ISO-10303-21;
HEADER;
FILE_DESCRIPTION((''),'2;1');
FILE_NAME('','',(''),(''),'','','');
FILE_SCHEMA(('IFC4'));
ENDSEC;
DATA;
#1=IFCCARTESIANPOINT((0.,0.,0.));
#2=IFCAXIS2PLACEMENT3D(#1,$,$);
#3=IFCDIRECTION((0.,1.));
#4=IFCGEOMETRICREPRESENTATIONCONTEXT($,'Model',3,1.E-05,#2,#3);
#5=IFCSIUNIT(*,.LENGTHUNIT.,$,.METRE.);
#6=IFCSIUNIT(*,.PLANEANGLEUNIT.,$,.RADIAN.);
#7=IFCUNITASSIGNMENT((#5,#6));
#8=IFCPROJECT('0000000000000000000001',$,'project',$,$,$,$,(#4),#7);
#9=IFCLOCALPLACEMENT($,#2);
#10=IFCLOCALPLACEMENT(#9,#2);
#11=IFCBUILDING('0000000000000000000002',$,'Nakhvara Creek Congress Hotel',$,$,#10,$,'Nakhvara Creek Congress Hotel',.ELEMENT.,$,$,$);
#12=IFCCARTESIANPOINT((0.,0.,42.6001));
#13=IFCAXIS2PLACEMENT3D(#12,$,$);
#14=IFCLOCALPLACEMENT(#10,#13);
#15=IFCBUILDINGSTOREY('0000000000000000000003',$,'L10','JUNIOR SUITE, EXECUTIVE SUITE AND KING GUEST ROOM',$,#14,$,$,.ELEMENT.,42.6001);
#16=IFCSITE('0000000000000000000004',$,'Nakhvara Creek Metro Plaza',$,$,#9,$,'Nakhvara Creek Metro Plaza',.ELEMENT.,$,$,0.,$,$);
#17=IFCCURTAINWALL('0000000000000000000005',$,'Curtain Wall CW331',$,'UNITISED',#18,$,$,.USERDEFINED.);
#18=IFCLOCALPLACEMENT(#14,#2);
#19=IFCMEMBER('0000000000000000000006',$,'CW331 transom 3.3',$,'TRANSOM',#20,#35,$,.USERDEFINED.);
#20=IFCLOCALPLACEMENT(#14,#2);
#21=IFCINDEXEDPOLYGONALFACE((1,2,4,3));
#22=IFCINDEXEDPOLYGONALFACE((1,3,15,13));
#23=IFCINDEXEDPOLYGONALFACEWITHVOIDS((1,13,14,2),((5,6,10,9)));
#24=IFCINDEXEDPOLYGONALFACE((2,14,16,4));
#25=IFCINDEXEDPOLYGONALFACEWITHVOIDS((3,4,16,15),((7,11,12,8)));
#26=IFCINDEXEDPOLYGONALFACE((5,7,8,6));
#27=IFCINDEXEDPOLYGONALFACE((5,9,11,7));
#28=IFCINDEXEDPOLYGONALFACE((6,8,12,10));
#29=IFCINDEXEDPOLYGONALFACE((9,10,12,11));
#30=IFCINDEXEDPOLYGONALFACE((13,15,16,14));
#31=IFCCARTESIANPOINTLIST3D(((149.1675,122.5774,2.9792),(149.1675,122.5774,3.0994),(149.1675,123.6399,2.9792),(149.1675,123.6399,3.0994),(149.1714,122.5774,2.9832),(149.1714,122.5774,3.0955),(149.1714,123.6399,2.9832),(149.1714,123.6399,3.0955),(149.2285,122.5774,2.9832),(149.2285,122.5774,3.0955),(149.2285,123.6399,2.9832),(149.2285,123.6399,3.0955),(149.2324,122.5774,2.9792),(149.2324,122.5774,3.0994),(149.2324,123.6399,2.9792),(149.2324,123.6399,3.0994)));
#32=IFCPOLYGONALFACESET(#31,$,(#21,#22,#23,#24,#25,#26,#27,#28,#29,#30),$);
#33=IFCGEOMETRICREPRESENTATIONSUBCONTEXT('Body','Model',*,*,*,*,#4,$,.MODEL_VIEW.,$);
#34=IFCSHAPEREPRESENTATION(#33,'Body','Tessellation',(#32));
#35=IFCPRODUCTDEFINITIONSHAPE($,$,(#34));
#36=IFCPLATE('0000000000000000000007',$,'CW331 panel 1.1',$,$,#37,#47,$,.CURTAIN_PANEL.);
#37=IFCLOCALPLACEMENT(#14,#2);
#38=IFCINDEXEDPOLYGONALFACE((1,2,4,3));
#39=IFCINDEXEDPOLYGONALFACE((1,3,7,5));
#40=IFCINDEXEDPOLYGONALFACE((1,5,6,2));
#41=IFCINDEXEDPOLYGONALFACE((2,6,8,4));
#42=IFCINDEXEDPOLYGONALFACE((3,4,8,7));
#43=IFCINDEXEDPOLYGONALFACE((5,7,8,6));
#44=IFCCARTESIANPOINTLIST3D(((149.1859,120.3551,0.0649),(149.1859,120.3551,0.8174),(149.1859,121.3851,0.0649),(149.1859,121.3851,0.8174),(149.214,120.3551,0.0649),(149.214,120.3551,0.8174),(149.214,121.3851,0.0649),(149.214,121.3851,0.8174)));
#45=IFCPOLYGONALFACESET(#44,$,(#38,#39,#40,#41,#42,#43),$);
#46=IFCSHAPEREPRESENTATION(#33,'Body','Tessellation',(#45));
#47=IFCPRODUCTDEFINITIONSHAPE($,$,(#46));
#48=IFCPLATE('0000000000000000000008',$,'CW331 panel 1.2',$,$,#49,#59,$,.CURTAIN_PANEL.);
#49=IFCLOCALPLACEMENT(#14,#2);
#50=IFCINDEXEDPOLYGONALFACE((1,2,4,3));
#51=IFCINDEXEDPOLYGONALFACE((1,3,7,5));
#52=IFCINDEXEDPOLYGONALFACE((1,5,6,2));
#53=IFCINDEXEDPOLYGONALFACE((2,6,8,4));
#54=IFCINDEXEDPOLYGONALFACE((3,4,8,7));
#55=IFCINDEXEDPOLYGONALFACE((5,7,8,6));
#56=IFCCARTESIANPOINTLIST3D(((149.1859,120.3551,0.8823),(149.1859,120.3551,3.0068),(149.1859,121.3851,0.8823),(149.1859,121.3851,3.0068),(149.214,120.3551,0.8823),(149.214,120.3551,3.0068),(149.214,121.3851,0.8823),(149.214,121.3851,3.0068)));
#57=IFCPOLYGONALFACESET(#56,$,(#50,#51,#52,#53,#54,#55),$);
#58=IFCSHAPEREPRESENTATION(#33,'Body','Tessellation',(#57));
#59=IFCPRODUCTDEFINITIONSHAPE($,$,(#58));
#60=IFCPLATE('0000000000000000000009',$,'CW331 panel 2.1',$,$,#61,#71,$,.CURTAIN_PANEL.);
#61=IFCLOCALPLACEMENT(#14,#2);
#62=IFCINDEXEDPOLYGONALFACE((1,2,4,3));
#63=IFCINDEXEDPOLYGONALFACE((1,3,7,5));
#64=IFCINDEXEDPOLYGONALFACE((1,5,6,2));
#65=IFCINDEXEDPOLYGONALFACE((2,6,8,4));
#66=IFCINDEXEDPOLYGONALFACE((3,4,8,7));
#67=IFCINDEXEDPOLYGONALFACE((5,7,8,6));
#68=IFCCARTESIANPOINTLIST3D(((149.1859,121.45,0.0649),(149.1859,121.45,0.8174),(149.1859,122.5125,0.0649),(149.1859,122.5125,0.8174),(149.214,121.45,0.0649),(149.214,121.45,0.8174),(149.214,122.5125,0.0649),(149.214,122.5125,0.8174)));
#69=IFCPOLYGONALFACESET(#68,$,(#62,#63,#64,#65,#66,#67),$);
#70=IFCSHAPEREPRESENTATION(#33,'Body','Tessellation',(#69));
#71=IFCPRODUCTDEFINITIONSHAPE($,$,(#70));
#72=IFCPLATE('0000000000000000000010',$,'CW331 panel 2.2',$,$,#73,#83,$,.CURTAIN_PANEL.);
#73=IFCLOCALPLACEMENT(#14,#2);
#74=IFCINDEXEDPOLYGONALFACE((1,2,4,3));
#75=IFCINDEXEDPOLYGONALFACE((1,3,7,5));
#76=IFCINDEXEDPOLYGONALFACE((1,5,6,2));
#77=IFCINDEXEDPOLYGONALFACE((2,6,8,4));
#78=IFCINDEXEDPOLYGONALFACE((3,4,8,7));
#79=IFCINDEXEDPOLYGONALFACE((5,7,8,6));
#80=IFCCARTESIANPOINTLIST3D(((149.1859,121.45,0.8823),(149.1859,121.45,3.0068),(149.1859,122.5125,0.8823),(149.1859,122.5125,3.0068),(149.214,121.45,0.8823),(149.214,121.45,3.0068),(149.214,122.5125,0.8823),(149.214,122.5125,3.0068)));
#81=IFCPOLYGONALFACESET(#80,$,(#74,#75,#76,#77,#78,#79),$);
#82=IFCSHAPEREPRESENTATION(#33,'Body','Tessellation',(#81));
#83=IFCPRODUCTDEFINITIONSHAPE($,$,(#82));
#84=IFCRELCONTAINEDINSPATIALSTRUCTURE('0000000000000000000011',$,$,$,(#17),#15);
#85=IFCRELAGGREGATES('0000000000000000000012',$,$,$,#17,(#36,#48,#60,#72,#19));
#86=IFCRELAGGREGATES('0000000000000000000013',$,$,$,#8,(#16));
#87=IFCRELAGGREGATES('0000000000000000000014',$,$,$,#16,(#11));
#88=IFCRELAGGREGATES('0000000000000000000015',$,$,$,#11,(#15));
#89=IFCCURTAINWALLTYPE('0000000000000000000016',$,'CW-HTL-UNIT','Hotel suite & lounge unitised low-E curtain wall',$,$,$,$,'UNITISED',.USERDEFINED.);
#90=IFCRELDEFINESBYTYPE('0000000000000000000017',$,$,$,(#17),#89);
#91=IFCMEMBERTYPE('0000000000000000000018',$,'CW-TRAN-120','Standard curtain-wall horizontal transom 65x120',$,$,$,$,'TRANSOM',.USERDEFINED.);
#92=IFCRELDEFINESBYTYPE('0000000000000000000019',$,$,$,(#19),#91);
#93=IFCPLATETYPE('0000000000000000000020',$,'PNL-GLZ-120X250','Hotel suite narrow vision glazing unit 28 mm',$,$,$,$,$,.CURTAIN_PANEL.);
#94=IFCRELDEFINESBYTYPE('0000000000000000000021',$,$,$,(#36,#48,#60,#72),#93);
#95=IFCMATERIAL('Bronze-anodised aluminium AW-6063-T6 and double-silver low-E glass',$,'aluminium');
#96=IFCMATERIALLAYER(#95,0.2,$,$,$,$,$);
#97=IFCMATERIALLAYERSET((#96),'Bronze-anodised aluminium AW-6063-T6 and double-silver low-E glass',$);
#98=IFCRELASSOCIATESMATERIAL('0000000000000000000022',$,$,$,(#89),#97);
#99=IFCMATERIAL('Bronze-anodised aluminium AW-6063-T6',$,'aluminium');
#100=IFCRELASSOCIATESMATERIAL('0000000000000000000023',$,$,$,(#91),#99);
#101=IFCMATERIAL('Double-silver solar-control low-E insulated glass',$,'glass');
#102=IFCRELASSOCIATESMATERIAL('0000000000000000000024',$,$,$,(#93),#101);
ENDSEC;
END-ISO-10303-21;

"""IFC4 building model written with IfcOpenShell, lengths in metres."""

from ifc_helpers import new_model, si_unit, direction, frame, origin, origin_2d, place, context, subcontext, project, spatial, rectangle, hollow_rectangle, extrude, material, layer, layer_set, material_profile, profile_set, type_object, element, aggregate, save


model = new_model("IFC4")

# Units and contexts
model_context = context("Model", 3, precision=1e-05, world=origin(), true_north=direction((0.0, 1.0)))
body_context = subcontext(model_context, "Body", "Model", "MODEL_VIEW")
ifc_project = project(units=[si_unit("LENGTHUNIT", "METRE"), si_unit("PLANEANGLEUNIT", "RADIAN")], contexts=[model_context])

# Site, building, storey
site_placement = place(None, origin())
site = spatial("IfcSite", under=ifc_project, at=site_placement, Name="Nakhvara Creek Metro Plaza", LongName="Nakhvara Creek Metro Plaza", CompositionType="ELEMENT", RefElevation=0.0)
building_placement = place(site_placement, origin())
building = spatial("IfcBuilding", under=site, at=building_placement, Name="Nakhvara Creek Congress Hotel", LongName="Nakhvara Creek Congress Hotel", CompositionType="ELEMENT")
storey_placement = place(building_placement, frame((0.0, 0.0, 42.6001)))
storey = spatial("IfcBuildingStorey", under=building, at=storey_placement, Name="L10", Description="JUNIOR SUITE, EXECUTIVE SUITE AND KING GUEST ROOM", CompositionType="ELEMENT", Elevation=42.6001)

# Curtain wall, member, plates
ifc_material_1 = material(Name="Bronze-anodised aluminium AW-6063-T6 and double-silver low-E glass", Category="aluminium")
ifc_layer = layer(ifc_material_1, 0.2)
ifc_layer_set = layer_set([ifc_layer], Name="Bronze-anodised aluminium AW-6063-T6 and double-silver low-E glass")
curtain_wall_type = type_object("IfcCurtainWallType", Name="CW-HTL-UNIT", Description="Hotel suite & lounge unitised low-E curtain wall", ElementType="UNITISED", PredefinedType="USERDEFINED", material=ifc_layer_set)
curtain_wall_placement = place(storey_placement, origin())
curtain_wall = element("IfcCurtainWall", 1, at=curtain_wall_placement, inside=storey, type_object=curtain_wall_type, Name="Curtain Wall CW331", ObjectType="UNITISED", PredefinedType="USERDEFINED")
ifc_material_2 = material(Name="Bronze-anodised aluminium AW-6063-T6", Category="aluminium")
ifc_material_profile_1 = material_profile(ifc_material_2, hollow_rectangle(XDim=0.0649, YDim=0.1201, WallThickness=0.0039, at=origin_2d()), Name="ALU-TRAN 65x120x4", Category="LoadBearing")
ifc_profile_set_1 = profile_set([ifc_material_profile_1], Name="Bronze-anodised aluminium AW-6063-T6")
member_type_1 = type_object("IfcMemberType", Name="CW-TRAN-120", Description="Standard curtain-wall horizontal transom 65x120", ElementType="TRANSOM", PredefinedType="USERDEFINED", material=ifc_profile_set_1)
member_1_placement = place(storey_placement, frame((149.2, 122.5774, 3.0393), z_axis=(0.0, 1.0, 0.0), x_axis=(-1.0, 0.0, 0.0)))
member_1 = element("IfcMember", 2, at=member_1_placement, type_object=member_type_1, Name="CW331 transom 3.3", ObjectType="TRANSOM", PredefinedType="USERDEFINED", context=body_context, shape_type="SweptSolid", body=[
    extrude(hollow_rectangle(XDim=0.0649, YDim=0.1201, WallThickness=0.0039, at=origin_2d()), origin(), (0.0, 0.0, 1.0), 1.0625),
])
ifc_material_3 = material(Name="Double-silver solar-control low-E insulated glass", Category="glass")
plate_type = type_object("IfcPlateType", Name="PNL-GLZ-120X250", Description="Hotel suite narrow vision glazing unit 28 mm", PredefinedType="CURTAIN_PANEL", material=ifc_material_3)
plate_1_placement = place(storey_placement, frame((149.2, 120.8701, 0.0649), z_axis=(0.0, 0.0, 1.0), x_axis=(0.0, 1.0, 0.0)))
plate_1 = element("IfcPlate", 3, at=plate_1_placement, type_object=plate_type, Name="CW331 panel 1.1", PredefinedType="CURTAIN_PANEL", context=body_context, shape_type="SweptSolid", body=[
    extrude(rectangle(XDim=1.03, YDim=0.0281, at=origin_2d()), origin(), (0.0, 0.0, 1.0), 0.7524),
])
plate_2_placement = place(storey_placement, frame((149.2, 120.8701, 0.8823), z_axis=(0.0, 0.0, 1.0), x_axis=(0.0, 1.0, 0.0)))
plate_2 = element("IfcPlate", 4, at=plate_2_placement, type_object=plate_type, Name="CW331 panel 1.2", PredefinedType="CURTAIN_PANEL", context=body_context, shape_type="SweptSolid", body=[
    extrude(rectangle(XDim=1.03, YDim=0.0281, at=origin_2d()), origin(), (0.0, 0.0, 1.0), 2.1245),
])
plate_3_placement = place(storey_placement, frame((149.2, 121.9812, 0.0649), z_axis=(0.0, 0.0, 1.0), x_axis=(0.0, 1.0, 0.0)))
plate_3 = element("IfcPlate", 5, at=plate_3_placement, type_object=plate_type, Name="CW331 panel 2.1", PredefinedType="CURTAIN_PANEL", context=body_context, shape_type="SweptSolid", body=[
    extrude(rectangle(XDim=1.0625, YDim=0.0281, at=origin_2d()), origin(), (0.0, 0.0, 1.0), 0.7524),
])
plate_4_placement = place(storey_placement, frame((149.2, 121.9812, 0.8823), z_axis=(0.0, 0.0, 1.0), x_axis=(0.0, 1.0, 0.0)))
plate_4 = element("IfcPlate", 6, at=plate_4_placement, type_object=plate_type, Name="CW331 panel 2.2", PredefinedType="CURTAIN_PANEL", context=body_context, shape_type="SweptSolid", body=[
    extrude(rectangle(XDim=1.0625, YDim=0.0281, at=origin_2d()), origin(), (0.0, 0.0, 1.0), 2.1245),
])
aggregate(curtain_wall, [plate_1, plate_2, plate_3, plate_4, member_1])

save(model, "model.ifc")
